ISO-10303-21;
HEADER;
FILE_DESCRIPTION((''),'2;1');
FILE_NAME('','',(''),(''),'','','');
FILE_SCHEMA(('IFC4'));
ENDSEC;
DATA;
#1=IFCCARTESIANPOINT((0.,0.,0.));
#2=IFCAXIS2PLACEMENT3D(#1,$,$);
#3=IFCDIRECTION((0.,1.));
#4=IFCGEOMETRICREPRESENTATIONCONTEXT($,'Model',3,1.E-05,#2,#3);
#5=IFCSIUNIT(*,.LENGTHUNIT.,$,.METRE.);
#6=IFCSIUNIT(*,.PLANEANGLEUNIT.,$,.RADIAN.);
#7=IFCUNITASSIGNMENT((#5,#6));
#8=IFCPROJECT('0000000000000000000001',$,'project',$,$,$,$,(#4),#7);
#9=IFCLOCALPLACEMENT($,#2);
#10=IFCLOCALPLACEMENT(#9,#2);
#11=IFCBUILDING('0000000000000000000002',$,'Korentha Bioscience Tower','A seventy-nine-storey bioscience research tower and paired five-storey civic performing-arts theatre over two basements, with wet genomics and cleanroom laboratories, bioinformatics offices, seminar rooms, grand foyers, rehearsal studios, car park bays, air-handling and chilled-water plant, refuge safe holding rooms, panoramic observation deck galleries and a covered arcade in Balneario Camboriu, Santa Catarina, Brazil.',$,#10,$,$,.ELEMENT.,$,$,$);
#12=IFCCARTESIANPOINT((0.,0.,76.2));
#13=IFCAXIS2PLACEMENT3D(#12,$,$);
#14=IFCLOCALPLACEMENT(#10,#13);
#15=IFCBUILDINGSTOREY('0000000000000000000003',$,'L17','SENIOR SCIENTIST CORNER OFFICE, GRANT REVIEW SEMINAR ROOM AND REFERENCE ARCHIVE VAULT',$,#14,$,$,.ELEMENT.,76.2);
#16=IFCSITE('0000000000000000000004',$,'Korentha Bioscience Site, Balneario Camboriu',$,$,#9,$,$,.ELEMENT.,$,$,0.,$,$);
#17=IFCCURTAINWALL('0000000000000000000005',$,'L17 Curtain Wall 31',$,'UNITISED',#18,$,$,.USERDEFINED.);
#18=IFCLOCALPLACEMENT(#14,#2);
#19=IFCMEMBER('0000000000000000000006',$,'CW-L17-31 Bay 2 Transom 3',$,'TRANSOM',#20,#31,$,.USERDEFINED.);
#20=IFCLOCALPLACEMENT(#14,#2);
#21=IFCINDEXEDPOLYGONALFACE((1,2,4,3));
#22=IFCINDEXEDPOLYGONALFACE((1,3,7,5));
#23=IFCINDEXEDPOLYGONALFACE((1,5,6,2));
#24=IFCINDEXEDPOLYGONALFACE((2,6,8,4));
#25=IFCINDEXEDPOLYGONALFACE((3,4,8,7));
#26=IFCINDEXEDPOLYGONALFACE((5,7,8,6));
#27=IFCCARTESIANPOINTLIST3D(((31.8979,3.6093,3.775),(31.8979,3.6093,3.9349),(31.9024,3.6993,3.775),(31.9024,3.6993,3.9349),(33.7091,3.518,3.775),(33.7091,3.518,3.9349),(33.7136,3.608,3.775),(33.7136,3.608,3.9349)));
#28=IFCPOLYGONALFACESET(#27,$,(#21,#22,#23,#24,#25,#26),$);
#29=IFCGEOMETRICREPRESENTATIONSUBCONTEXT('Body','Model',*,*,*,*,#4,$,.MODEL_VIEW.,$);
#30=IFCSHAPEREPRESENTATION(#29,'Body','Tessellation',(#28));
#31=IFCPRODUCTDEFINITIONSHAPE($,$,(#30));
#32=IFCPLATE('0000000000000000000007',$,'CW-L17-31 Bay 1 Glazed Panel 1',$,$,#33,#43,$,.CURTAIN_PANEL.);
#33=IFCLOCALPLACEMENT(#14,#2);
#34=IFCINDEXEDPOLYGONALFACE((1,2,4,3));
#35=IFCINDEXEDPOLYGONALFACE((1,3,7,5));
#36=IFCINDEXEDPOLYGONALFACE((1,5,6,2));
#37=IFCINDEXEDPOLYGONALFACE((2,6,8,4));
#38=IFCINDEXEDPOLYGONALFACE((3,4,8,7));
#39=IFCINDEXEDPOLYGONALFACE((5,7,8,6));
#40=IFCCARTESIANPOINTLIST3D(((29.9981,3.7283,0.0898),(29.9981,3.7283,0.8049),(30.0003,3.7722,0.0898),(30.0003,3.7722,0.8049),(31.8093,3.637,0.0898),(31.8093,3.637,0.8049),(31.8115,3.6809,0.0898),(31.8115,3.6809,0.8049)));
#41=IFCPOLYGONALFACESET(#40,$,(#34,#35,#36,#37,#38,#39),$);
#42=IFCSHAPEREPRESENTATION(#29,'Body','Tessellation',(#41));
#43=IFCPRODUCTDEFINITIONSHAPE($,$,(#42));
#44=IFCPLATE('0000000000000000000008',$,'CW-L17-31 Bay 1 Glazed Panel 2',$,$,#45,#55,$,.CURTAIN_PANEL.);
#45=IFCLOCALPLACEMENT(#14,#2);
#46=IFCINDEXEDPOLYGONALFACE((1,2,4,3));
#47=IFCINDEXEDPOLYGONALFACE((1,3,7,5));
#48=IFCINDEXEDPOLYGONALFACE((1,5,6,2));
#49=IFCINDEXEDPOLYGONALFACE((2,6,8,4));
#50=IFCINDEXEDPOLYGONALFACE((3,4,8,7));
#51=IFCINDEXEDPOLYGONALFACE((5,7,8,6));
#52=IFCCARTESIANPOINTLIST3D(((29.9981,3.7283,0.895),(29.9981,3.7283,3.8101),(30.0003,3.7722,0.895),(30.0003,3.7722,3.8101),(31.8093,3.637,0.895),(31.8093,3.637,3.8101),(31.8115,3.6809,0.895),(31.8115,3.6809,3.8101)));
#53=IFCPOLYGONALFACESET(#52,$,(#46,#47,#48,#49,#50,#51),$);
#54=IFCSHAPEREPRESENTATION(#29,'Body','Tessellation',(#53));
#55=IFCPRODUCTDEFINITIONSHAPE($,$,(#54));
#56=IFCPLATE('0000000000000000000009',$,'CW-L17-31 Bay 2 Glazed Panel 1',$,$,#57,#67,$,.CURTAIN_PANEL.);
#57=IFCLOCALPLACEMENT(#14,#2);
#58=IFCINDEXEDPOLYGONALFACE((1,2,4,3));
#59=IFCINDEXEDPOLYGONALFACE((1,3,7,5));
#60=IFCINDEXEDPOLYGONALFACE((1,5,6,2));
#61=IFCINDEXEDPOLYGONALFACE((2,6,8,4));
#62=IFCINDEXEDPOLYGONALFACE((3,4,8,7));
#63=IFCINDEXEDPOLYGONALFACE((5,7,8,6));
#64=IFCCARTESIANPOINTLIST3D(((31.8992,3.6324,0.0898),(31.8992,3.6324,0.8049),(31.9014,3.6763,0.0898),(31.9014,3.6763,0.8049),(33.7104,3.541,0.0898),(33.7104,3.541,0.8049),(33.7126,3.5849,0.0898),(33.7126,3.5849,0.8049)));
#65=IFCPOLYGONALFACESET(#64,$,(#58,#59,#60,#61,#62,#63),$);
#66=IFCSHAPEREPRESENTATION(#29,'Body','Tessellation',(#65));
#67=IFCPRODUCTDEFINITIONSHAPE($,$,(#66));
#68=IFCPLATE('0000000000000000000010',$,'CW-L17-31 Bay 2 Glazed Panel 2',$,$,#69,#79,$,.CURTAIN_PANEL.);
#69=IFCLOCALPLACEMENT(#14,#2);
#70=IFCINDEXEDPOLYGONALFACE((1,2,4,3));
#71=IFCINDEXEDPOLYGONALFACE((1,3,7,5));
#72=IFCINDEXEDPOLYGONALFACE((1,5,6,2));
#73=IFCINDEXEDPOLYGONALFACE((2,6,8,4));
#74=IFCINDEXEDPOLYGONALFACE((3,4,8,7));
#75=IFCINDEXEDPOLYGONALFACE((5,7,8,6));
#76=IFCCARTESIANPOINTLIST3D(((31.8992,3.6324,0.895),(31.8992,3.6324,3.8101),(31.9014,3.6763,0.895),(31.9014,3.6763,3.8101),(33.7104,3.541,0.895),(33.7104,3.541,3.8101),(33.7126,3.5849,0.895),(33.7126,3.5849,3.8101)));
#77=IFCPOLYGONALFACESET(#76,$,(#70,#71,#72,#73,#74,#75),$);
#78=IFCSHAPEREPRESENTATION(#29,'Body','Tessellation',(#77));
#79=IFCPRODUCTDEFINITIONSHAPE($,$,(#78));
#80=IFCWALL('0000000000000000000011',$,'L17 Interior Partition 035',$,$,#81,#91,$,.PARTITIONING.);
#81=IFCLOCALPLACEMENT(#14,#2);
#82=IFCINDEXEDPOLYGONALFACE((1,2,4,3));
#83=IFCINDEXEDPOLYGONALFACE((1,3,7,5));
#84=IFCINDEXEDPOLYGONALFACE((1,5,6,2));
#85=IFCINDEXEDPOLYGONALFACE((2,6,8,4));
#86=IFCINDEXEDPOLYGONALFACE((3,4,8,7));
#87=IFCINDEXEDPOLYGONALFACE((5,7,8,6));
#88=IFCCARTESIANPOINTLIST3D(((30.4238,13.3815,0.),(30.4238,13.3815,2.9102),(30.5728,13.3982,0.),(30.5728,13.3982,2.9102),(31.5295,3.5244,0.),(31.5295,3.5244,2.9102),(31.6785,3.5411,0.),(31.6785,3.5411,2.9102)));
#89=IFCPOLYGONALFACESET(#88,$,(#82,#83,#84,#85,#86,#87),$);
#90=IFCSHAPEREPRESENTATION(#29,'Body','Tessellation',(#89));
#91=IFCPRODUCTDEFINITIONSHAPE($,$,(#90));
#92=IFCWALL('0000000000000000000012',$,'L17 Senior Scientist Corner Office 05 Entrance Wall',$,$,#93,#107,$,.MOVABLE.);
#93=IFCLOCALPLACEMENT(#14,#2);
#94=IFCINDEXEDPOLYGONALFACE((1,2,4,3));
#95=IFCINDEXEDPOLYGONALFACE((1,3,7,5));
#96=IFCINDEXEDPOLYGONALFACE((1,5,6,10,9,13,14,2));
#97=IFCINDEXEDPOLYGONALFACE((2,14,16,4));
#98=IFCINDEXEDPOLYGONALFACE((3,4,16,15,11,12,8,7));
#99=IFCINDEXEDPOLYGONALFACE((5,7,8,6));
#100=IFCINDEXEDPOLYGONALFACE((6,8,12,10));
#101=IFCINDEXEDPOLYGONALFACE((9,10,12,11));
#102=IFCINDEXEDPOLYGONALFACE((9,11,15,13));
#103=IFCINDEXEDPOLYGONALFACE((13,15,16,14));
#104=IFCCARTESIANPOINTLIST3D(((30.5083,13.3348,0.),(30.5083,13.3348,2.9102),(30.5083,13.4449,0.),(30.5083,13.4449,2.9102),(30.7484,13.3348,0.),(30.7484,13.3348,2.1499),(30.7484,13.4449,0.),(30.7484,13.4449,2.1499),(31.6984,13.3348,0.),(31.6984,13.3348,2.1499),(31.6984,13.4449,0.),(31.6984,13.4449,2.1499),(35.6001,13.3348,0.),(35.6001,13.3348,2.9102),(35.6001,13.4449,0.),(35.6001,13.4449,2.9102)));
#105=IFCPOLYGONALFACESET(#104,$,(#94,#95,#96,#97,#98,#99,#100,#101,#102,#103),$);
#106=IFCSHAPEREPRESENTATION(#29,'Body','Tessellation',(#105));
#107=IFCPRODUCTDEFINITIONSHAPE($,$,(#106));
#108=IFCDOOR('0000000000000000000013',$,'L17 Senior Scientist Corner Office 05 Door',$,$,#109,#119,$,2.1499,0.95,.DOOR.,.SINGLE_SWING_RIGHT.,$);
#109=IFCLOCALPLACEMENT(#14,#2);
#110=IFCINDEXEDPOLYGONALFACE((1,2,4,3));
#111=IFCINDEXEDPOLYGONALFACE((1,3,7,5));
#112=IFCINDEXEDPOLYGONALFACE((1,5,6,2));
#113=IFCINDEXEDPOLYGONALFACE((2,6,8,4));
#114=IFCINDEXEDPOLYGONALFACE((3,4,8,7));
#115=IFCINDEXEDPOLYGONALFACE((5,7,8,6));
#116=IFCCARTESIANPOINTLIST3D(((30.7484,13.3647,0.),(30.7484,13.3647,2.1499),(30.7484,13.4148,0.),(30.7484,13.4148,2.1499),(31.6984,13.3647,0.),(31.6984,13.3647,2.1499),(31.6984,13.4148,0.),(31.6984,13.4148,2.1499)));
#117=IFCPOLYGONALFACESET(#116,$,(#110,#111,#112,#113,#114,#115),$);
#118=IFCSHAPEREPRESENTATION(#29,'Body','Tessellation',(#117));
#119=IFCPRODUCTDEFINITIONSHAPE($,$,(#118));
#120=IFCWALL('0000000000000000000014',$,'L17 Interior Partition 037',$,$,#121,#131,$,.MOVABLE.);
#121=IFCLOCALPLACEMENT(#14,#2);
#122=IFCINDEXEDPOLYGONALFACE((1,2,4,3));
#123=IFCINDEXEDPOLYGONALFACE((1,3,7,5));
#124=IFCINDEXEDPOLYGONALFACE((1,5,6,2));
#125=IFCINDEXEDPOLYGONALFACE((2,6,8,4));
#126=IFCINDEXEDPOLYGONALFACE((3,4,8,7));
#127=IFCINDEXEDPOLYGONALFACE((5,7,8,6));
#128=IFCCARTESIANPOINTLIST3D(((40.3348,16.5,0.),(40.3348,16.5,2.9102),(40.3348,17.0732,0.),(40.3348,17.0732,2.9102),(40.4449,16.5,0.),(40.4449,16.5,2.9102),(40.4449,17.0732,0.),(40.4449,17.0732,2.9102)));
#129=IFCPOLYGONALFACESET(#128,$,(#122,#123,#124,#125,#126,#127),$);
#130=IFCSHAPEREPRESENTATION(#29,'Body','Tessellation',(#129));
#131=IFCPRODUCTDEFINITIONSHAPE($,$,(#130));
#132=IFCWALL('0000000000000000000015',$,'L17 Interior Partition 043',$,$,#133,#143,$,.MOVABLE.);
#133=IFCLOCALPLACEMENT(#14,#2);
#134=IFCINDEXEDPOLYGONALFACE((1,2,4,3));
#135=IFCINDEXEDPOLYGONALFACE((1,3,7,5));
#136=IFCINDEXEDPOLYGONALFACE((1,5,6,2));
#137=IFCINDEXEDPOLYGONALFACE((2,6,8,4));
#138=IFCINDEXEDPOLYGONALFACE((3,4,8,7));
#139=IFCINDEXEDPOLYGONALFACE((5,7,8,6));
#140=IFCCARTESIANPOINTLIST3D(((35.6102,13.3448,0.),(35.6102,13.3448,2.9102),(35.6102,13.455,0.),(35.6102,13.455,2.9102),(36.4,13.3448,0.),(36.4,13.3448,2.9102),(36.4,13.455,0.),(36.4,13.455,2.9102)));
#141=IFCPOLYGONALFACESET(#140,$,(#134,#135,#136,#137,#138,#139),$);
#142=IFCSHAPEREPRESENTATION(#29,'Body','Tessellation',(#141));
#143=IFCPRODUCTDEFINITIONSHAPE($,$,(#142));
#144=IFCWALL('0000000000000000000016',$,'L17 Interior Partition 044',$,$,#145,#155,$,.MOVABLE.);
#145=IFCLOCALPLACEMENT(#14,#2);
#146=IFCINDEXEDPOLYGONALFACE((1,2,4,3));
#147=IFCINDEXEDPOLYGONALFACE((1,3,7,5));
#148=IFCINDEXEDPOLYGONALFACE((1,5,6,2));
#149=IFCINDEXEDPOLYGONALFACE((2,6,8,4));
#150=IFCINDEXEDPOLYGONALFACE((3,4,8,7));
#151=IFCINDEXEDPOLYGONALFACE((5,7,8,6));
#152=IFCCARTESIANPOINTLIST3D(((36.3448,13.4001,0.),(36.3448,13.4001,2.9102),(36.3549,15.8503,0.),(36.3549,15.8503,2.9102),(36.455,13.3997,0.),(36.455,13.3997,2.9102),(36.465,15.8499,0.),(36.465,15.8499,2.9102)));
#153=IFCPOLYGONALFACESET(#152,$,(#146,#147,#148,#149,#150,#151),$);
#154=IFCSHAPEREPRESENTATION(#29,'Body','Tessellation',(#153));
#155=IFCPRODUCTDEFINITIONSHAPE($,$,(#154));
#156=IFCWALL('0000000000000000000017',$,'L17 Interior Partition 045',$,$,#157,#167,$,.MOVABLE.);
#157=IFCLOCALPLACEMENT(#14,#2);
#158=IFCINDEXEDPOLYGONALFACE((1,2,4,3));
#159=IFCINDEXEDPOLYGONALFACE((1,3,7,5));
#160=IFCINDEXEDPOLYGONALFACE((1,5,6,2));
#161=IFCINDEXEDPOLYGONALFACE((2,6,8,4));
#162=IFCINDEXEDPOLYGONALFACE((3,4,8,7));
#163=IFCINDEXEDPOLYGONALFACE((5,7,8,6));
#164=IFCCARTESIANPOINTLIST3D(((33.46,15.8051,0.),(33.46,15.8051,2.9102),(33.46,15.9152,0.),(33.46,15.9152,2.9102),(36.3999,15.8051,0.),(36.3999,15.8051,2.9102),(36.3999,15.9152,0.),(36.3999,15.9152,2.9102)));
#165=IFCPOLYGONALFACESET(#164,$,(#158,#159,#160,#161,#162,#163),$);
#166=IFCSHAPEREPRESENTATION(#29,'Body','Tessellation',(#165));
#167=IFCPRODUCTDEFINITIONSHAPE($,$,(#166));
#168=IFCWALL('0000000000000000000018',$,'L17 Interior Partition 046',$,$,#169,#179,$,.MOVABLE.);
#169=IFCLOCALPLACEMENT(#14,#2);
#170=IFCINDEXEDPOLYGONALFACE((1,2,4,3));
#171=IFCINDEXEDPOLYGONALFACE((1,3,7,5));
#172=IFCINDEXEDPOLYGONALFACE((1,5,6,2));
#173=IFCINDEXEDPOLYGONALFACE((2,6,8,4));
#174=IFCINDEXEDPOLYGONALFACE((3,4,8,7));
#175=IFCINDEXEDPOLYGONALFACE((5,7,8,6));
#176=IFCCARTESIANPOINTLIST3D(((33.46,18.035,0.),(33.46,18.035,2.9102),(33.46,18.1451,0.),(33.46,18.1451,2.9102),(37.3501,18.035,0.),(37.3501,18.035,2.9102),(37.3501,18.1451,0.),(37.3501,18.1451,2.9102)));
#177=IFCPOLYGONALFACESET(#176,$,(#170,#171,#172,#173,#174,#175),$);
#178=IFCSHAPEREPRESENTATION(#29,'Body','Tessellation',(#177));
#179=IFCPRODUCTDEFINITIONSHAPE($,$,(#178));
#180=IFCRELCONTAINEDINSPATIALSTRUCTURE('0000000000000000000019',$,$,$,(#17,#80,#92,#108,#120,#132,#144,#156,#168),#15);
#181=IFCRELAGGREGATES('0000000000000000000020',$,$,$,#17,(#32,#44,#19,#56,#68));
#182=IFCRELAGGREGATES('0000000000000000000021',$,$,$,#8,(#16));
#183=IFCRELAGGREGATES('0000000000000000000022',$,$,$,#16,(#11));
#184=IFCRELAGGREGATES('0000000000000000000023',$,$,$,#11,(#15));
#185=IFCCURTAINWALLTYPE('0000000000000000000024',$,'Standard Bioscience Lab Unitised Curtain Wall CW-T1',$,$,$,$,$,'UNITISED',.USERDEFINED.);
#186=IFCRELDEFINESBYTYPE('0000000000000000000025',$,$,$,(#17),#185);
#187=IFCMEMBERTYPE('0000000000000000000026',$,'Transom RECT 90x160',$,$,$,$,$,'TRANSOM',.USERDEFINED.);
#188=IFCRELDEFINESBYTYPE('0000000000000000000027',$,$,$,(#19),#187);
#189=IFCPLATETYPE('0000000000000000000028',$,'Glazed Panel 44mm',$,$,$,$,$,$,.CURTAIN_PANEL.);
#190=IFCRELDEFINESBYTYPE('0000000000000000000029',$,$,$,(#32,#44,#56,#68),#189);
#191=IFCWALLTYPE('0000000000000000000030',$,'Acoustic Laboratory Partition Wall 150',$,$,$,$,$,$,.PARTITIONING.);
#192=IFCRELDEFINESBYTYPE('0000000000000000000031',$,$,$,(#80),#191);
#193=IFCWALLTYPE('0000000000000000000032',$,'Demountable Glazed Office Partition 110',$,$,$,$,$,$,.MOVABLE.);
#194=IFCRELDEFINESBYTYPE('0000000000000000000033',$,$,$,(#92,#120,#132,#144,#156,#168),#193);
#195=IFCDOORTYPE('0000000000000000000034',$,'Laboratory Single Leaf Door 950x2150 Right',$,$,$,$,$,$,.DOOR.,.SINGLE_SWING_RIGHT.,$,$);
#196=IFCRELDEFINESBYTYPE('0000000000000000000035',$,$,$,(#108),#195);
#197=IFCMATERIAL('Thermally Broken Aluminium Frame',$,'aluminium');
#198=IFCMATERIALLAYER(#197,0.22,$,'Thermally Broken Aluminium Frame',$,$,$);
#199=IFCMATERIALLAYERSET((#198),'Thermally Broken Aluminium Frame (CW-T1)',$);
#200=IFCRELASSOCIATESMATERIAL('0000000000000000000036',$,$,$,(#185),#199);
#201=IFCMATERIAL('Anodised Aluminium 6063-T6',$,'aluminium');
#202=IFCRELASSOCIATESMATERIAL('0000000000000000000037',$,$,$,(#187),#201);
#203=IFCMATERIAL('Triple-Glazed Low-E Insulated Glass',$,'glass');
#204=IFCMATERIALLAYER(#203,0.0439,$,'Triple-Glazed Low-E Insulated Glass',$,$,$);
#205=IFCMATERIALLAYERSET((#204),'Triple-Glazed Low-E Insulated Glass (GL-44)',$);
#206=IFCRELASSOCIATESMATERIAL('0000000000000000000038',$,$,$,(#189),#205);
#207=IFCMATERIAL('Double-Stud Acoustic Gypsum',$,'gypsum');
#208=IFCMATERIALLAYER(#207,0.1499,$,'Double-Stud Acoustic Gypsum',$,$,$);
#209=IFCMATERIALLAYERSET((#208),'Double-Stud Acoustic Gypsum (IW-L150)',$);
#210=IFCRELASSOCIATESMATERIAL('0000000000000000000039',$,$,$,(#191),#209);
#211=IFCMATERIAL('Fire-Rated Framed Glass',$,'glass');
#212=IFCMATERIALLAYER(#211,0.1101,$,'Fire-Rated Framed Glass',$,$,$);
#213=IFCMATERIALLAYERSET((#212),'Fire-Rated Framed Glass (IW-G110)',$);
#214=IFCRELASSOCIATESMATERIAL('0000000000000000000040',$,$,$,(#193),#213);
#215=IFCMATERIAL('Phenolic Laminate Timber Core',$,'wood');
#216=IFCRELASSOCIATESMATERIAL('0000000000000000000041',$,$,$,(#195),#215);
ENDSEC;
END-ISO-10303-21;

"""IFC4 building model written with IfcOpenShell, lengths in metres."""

from ifc_helpers import new_model, si_unit, direction, frame, frame_2d, origin, origin_2d, place, context, subcontext, project, spatial, rectangle, extrude, material, layer, layer_set, material_profile, profile_set, type_object, element, fill, aggregate, save


model = new_model("IFC4")

# Units and contexts
model_context = context("Model", 3, precision=1e-05, world=origin(), true_north=direction((0.0, 1.0)))
body_context = subcontext(model_context, "Body", "Model", "MODEL_VIEW")
ifc_project = project(units=[si_unit("LENGTHUNIT", "METRE"), si_unit("PLANEANGLEUNIT", "RADIAN")], contexts=[model_context])

# Site, building, storey
site_placement = place(None, origin())
site = spatial("IfcSite", under=ifc_project, at=site_placement, Name="Korentha Bioscience Site, Balneario Camboriu", CompositionType="ELEMENT", RefElevation=0.0)
building_placement = place(site_placement, origin())
building = spatial("IfcBuilding", under=site, at=building_placement, Name="Korentha Bioscience Tower", Description="A seventy-nine-storey bioscience research tower and paired five-storey civic performing-arts theatre over two basements, with wet genomics and cleanroom laboratories, bioinformatics offices, seminar rooms, grand foyers, rehearsal studios, car park bays, air-handling and chilled-water plant, refuge safe holding rooms, panoramic observation deck galleries and a covered arcade in Balneario Camboriu, Santa Catarina, Brazil.", CompositionType="ELEMENT")
storey_placement = place(building_placement, frame((0.0, 0.0, 76.2)))
storey = spatial("IfcBuildingStorey", under=building, at=storey_placement, Name="L17", Description="SENIOR SCIENTIST CORNER OFFICE, GRANT REVIEW SEMINAR ROOM AND REFERENCE ARCHIVE VAULT", CompositionType="ELEMENT", Elevation=76.2)

# Curtain wall
ifc_material_1 = material(Name="Thermally Broken Aluminium Frame", Category="aluminium")
ifc_layer_1 = layer(ifc_material_1, 0.22, Name="Thermally Broken Aluminium Frame")
ifc_layer_set_1 = layer_set([ifc_layer_1], Name="Thermally Broken Aluminium Frame (CW-T1)")
curtain_wall_type = type_object("IfcCurtainWallType", Name="Standard Bioscience Lab Unitised Curtain Wall CW-T1", ElementType="UNITISED", PredefinedType="USERDEFINED", material=ifc_layer_set_1)
curtain_wall_placement = place(storey_placement, origin())
curtain_wall = element("IfcCurtainWall", 1, at=curtain_wall_placement, inside=storey, type_object=curtain_wall_type, Name="L17 Curtain Wall 31", ObjectType="UNITISED", PredefinedType="USERDEFINED")
ifc_material_2 = material(Name="Anodised Aluminium 6063-T6", Category="aluminium")

# Member
ifc_material_profile_1 = material_profile(ifc_material_2, rectangle(XDim=0.0901, YDim=0.1599, at=origin_2d()), Name="Anodised Aluminium 6063-T6")
ifc_profile_set_1 = profile_set([ifc_material_profile_1], Name="Anodised Aluminium 6063-T6 (CW-TRN)")
member_type_1 = type_object("IfcMemberType", Name="Transom RECT 90x160", ElementType="TRANSOM", PredefinedType="USERDEFINED", material=ifc_profile_set_1)
member_1_placement = place(storey_placement, frame((31.9001, 3.6543, 3.855), z_axis=(0.998732, -0.050347, 0.0), x_axis=(0.050347, 0.998732, 0.0)))
member_1 = element("IfcMember", 2, at=member_1_placement, type_object=member_type_1, Name="CW-L17-31 Bay 2 Transom 3", ObjectType="TRANSOM", PredefinedType="USERDEFINED", context=body_context, shape_type="SweptSolid", body=[
    extrude(rectangle(XDim=0.0901, YDim=0.1599, at=origin_2d()), origin(), (0.0, 0.0, 1.0), 1.8135),
])

# Plates
ifc_material_3 = material(Name="Triple-Glazed Low-E Insulated Glass", Category="glass")
ifc_layer_2 = layer(ifc_material_3, 0.0439, Name="Triple-Glazed Low-E Insulated Glass")
ifc_layer_set_2 = layer_set([ifc_layer_2], Name="Triple-Glazed Low-E Insulated Glass (GL-44)")
plate_type = type_object("IfcPlateType", Name="Glazed Panel 44mm", PredefinedType="CURTAIN_PANEL", material=ifc_layer_set_2)
plate_1_placement = place(storey_placement, frame((30.9048, 3.7046, 0.0898), z_axis=(0.0, 0.0, 1.0), x_axis=(0.998731, -0.050371, 0.0)))
plate_1 = element("IfcPlate", 3, at=plate_1_placement, type_object=plate_type, Name="CW-L17-31 Bay 1 Glazed Panel 1", PredefinedType="CURTAIN_PANEL", context=body_context, shape_type="SweptSolid", body=[
    extrude(rectangle(XDim=1.8135, YDim=0.0439, at=origin_2d()), origin(), (0.0, 0.0, 1.0), 0.7151),
])
plate_2_placement = place(storey_placement, frame((30.9048, 3.7046, 0.895), z_axis=(0.0, 0.0, 1.0), x_axis=(0.998731, -0.050371, 0.0)))
plate_2 = element("IfcPlate", 4, at=plate_2_placement, type_object=plate_type, Name="CW-L17-31 Bay 1 Glazed Panel 2", PredefinedType="CURTAIN_PANEL", context=body_context, shape_type="SweptSolid", body=[
    extrude(rectangle(XDim=1.8135, YDim=0.0439, at=origin_2d()), origin(), (0.0, 0.0, 1.0), 2.915),
])
plate_3_placement = place(storey_placement, frame((32.8059, 3.6086, 0.0898), z_axis=(0.0, 0.0, 1.0), x_axis=(0.998731, -0.050371, 0.0)))
plate_3 = element("IfcPlate", 5, at=plate_3_placement, type_object=plate_type, Name="CW-L17-31 Bay 2 Glazed Panel 1", PredefinedType="CURTAIN_PANEL", context=body_context, shape_type="SweptSolid", body=[
    extrude(rectangle(XDim=1.8135, YDim=0.0439, at=origin_2d()), origin(), (0.0, 0.0, 1.0), 0.7151),
])
plate_4_placement = place(storey_placement, frame((32.8059, 3.6086, 0.895), z_axis=(0.0, 0.0, 1.0), x_axis=(0.998731, -0.050371, 0.0)))
plate_4 = element("IfcPlate", 6, at=plate_4_placement, type_object=plate_type, Name="CW-L17-31 Bay 2 Glazed Panel 2", PredefinedType="CURTAIN_PANEL", context=body_context, shape_type="SweptSolid", body=[
    extrude(rectangle(XDim=1.8135, YDim=0.0439, at=origin_2d()), origin(), (0.0, 0.0, 1.0), 2.915),
])
aggregate(curtain_wall, [plate_1, plate_2, member_1, plate_3, plate_4])

# Wall
ifc_material_4 = material(Name="Double-Stud Acoustic Gypsum", Category="gypsum")
ifc_layer_3 = layer(ifc_material_4, 0.1499, Name="Double-Stud Acoustic Gypsum")
ifc_layer_set_3 = layer_set([ifc_layer_3], Name="Double-Stud Acoustic Gypsum (IW-L150)")
wall_type_1 = type_object("IfcWallType", Name="Acoustic Laboratory Partition Wall 150", PredefinedType="PARTITIONING", material=ifc_layer_set_3)
wall_1_placement = place(storey_placement, frame((30.4983, 13.3899, 0.0), z_axis=(0.0, 0.0, 1.0), x_axis=(0.111474, -0.993767, 0.0)))
element("IfcWall", 7, at=wall_1_placement, inside=storey, type_object=wall_type_1, Name="L17 Interior Partition 035", PredefinedType="PARTITIONING", context=body_context, shape_type="SweptSolid", body=[
    extrude(rectangle(XDim=9.9189, YDim=0.1499, at=frame_2d((4.9595, 0.0))), origin(), (0.0, 0.0, 1.0), 2.9102),
])

# Wall, opening, door
ifc_material_5 = material(Name="Fire-Rated Framed Glass", Category="glass")
ifc_layer_4 = layer(ifc_material_5, 0.1101, Name="Fire-Rated Framed Glass")
ifc_layer_set_4 = layer_set([ifc_layer_4], Name="Fire-Rated Framed Glass (IW-G110)")
wall_type_2 = type_object("IfcWallType", Name="Demountable Glazed Office Partition 110", PredefinedType="MOVABLE", material=ifc_layer_set_4)
wall_2_placement = place(storey_placement, frame((30.5083, 13.3899, 0.0), z_axis=(0.0, 0.0, 1.0), x_axis=(1.0, 0.0, 0.0)))
wall_2 = element("IfcWall", 8, at=wall_2_placement, inside=storey, type_object=wall_type_2, Name="L17 Senior Scientist Corner Office 05 Entrance Wall", PredefinedType="MOVABLE", context=body_context, shape_type="SweptSolid", body=[
    extrude(rectangle(XDim=5.0918, YDim=0.1101, at=frame_2d((2.5459, 0.0))), origin(), (0.0, 0.0, 1.0), 2.9102),
])
opening_1_placement = place(wall_2_placement, frame((0.24, 0.0, 0.0)))
opening_1 = element("IfcOpeningElement", 9, at=opening_1_placement, cuts=wall_2, PredefinedType="OPENING", context=body_context, shape_type="SweptSolid", body=[
    extrude(rectangle(XDim=0.95, YDim=2.1499, at=frame_2d((0.4751, 1.075))), frame((0.0, 0.0698, 0.0), z_axis=(0.0, -1.0, 0.0), x_axis=(1.0, 0.0, 0.0)), (0.0, 0.0, 1.0), 0.1399),
])
ifc_material_6 = material(Name="Phenolic Laminate Timber Core", Category="wood")
door_type = type_object("IfcDoorType", Name="Laboratory Single Leaf Door 950x2150 Right", OperationType="SINGLE_SWING_RIGHT", PredefinedType="DOOR", material=ifc_material_6)
door_1_placement = place(opening_1_placement, origin())
door_1 = element("IfcDoor", 10, at=door_1_placement, inside=storey, type_object=door_type, Name="L17 Senior Scientist Corner Office 05 Door", OperationType="SINGLE_SWING_RIGHT", OverallHeight=2.1499, OverallWidth=0.95, PredefinedType="DOOR", context=body_context, shape_type="SweptSolid", body=[
    extrude(rectangle(XDim=0.95, YDim=2.1499, at=frame_2d((0.4751, 1.075))), frame((0.0, 0.0249, 0.0), z_axis=(0.0, -1.0, 0.0), x_axis=(1.0, 0.0, 0.0)), (0.0, 0.0, 1.0), 0.05),
])
fill(opening_1, door_1)

# Walls
wall_3_placement = place(storey_placement, frame((40.3899, 17.0732, 0.0), z_axis=(0.0, 0.0, 1.0), x_axis=(0.0, -1.0, 0.0)))
element("IfcWall", 11, at=wall_3_placement, inside=storey, type_object=wall_type_2, Name="L17 Interior Partition 037", PredefinedType="MOVABLE", context=body_context, shape_type="SweptSolid", body=[
    extrude(rectangle(XDim=0.5732, YDim=0.1101, at=frame_2d((0.2866, 0.0))), origin(), (0.0, 0.0, 1.0), 2.9102),
])
wall_4_placement = place(storey_placement, frame((35.6101, 13.3999, 0.0), z_axis=(0.0, 0.0, 1.0), x_axis=(1.0, 0.0, 0.0)))
element("IfcWall", 12, at=wall_4_placement, inside=storey, type_object=wall_type_2, Name="L17 Interior Partition 043", PredefinedType="MOVABLE", context=body_context, shape_type="SweptSolid", body=[
    extrude(rectangle(XDim=0.7898, YDim=0.1101, at=frame_2d((0.395, 0.0))), origin(), (0.0, 0.0, 1.0), 2.9102),
])
wall_5_placement = place(storey_placement, frame((36.3999, 13.3999, 0.0), z_axis=(0.0, 0.0, 1.0), x_axis=(0.004085, 0.999992, 0.0)))
element("IfcWall", 13, at=wall_5_placement, inside=storey, type_object=wall_type_2, Name="L17 Interior Partition 044", PredefinedType="MOVABLE", context=body_context, shape_type="SweptSolid", body=[
    extrude(rectangle(XDim=2.4502, YDim=0.1101, at=frame_2d((1.2251, 0.0))), origin(), (0.0, 0.0, 1.0), 2.9102),
])
wall_6_placement = place(storey_placement, frame((36.3999, 15.8601, 0.0), z_axis=(0.0, 0.0, 1.0), x_axis=(-1.0, 0.0, 0.0)))
element("IfcWall", 14, at=wall_6_placement, inside=storey, type_object=wall_type_2, Name="L17 Interior Partition 045", PredefinedType="MOVABLE", context=body_context, shape_type="SweptSolid", body=[
    extrude(rectangle(XDim=2.9399, YDim=0.1101, at=frame_2d((1.47, 0.0))), origin(), (0.0, 0.0, 1.0), 2.9102),
])
wall_7_placement = place(storey_placement, frame((33.46, 18.0901, 0.0), z_axis=(0.0, 0.0, 1.0), x_axis=(1.0, 0.0, 0.0)))
element("IfcWall", 15, at=wall_7_placement, inside=storey, type_object=wall_type_2, Name="L17 Interior Partition 046", PredefinedType="MOVABLE", context=body_context, shape_type="SweptSolid", body=[
    extrude(rectangle(XDim=3.8901, YDim=0.1101, at=frame_2d((1.9451, 0.0))), origin(), (0.0, 0.0, 1.0), 2.9102),
])

save(model, "model.ifc")
